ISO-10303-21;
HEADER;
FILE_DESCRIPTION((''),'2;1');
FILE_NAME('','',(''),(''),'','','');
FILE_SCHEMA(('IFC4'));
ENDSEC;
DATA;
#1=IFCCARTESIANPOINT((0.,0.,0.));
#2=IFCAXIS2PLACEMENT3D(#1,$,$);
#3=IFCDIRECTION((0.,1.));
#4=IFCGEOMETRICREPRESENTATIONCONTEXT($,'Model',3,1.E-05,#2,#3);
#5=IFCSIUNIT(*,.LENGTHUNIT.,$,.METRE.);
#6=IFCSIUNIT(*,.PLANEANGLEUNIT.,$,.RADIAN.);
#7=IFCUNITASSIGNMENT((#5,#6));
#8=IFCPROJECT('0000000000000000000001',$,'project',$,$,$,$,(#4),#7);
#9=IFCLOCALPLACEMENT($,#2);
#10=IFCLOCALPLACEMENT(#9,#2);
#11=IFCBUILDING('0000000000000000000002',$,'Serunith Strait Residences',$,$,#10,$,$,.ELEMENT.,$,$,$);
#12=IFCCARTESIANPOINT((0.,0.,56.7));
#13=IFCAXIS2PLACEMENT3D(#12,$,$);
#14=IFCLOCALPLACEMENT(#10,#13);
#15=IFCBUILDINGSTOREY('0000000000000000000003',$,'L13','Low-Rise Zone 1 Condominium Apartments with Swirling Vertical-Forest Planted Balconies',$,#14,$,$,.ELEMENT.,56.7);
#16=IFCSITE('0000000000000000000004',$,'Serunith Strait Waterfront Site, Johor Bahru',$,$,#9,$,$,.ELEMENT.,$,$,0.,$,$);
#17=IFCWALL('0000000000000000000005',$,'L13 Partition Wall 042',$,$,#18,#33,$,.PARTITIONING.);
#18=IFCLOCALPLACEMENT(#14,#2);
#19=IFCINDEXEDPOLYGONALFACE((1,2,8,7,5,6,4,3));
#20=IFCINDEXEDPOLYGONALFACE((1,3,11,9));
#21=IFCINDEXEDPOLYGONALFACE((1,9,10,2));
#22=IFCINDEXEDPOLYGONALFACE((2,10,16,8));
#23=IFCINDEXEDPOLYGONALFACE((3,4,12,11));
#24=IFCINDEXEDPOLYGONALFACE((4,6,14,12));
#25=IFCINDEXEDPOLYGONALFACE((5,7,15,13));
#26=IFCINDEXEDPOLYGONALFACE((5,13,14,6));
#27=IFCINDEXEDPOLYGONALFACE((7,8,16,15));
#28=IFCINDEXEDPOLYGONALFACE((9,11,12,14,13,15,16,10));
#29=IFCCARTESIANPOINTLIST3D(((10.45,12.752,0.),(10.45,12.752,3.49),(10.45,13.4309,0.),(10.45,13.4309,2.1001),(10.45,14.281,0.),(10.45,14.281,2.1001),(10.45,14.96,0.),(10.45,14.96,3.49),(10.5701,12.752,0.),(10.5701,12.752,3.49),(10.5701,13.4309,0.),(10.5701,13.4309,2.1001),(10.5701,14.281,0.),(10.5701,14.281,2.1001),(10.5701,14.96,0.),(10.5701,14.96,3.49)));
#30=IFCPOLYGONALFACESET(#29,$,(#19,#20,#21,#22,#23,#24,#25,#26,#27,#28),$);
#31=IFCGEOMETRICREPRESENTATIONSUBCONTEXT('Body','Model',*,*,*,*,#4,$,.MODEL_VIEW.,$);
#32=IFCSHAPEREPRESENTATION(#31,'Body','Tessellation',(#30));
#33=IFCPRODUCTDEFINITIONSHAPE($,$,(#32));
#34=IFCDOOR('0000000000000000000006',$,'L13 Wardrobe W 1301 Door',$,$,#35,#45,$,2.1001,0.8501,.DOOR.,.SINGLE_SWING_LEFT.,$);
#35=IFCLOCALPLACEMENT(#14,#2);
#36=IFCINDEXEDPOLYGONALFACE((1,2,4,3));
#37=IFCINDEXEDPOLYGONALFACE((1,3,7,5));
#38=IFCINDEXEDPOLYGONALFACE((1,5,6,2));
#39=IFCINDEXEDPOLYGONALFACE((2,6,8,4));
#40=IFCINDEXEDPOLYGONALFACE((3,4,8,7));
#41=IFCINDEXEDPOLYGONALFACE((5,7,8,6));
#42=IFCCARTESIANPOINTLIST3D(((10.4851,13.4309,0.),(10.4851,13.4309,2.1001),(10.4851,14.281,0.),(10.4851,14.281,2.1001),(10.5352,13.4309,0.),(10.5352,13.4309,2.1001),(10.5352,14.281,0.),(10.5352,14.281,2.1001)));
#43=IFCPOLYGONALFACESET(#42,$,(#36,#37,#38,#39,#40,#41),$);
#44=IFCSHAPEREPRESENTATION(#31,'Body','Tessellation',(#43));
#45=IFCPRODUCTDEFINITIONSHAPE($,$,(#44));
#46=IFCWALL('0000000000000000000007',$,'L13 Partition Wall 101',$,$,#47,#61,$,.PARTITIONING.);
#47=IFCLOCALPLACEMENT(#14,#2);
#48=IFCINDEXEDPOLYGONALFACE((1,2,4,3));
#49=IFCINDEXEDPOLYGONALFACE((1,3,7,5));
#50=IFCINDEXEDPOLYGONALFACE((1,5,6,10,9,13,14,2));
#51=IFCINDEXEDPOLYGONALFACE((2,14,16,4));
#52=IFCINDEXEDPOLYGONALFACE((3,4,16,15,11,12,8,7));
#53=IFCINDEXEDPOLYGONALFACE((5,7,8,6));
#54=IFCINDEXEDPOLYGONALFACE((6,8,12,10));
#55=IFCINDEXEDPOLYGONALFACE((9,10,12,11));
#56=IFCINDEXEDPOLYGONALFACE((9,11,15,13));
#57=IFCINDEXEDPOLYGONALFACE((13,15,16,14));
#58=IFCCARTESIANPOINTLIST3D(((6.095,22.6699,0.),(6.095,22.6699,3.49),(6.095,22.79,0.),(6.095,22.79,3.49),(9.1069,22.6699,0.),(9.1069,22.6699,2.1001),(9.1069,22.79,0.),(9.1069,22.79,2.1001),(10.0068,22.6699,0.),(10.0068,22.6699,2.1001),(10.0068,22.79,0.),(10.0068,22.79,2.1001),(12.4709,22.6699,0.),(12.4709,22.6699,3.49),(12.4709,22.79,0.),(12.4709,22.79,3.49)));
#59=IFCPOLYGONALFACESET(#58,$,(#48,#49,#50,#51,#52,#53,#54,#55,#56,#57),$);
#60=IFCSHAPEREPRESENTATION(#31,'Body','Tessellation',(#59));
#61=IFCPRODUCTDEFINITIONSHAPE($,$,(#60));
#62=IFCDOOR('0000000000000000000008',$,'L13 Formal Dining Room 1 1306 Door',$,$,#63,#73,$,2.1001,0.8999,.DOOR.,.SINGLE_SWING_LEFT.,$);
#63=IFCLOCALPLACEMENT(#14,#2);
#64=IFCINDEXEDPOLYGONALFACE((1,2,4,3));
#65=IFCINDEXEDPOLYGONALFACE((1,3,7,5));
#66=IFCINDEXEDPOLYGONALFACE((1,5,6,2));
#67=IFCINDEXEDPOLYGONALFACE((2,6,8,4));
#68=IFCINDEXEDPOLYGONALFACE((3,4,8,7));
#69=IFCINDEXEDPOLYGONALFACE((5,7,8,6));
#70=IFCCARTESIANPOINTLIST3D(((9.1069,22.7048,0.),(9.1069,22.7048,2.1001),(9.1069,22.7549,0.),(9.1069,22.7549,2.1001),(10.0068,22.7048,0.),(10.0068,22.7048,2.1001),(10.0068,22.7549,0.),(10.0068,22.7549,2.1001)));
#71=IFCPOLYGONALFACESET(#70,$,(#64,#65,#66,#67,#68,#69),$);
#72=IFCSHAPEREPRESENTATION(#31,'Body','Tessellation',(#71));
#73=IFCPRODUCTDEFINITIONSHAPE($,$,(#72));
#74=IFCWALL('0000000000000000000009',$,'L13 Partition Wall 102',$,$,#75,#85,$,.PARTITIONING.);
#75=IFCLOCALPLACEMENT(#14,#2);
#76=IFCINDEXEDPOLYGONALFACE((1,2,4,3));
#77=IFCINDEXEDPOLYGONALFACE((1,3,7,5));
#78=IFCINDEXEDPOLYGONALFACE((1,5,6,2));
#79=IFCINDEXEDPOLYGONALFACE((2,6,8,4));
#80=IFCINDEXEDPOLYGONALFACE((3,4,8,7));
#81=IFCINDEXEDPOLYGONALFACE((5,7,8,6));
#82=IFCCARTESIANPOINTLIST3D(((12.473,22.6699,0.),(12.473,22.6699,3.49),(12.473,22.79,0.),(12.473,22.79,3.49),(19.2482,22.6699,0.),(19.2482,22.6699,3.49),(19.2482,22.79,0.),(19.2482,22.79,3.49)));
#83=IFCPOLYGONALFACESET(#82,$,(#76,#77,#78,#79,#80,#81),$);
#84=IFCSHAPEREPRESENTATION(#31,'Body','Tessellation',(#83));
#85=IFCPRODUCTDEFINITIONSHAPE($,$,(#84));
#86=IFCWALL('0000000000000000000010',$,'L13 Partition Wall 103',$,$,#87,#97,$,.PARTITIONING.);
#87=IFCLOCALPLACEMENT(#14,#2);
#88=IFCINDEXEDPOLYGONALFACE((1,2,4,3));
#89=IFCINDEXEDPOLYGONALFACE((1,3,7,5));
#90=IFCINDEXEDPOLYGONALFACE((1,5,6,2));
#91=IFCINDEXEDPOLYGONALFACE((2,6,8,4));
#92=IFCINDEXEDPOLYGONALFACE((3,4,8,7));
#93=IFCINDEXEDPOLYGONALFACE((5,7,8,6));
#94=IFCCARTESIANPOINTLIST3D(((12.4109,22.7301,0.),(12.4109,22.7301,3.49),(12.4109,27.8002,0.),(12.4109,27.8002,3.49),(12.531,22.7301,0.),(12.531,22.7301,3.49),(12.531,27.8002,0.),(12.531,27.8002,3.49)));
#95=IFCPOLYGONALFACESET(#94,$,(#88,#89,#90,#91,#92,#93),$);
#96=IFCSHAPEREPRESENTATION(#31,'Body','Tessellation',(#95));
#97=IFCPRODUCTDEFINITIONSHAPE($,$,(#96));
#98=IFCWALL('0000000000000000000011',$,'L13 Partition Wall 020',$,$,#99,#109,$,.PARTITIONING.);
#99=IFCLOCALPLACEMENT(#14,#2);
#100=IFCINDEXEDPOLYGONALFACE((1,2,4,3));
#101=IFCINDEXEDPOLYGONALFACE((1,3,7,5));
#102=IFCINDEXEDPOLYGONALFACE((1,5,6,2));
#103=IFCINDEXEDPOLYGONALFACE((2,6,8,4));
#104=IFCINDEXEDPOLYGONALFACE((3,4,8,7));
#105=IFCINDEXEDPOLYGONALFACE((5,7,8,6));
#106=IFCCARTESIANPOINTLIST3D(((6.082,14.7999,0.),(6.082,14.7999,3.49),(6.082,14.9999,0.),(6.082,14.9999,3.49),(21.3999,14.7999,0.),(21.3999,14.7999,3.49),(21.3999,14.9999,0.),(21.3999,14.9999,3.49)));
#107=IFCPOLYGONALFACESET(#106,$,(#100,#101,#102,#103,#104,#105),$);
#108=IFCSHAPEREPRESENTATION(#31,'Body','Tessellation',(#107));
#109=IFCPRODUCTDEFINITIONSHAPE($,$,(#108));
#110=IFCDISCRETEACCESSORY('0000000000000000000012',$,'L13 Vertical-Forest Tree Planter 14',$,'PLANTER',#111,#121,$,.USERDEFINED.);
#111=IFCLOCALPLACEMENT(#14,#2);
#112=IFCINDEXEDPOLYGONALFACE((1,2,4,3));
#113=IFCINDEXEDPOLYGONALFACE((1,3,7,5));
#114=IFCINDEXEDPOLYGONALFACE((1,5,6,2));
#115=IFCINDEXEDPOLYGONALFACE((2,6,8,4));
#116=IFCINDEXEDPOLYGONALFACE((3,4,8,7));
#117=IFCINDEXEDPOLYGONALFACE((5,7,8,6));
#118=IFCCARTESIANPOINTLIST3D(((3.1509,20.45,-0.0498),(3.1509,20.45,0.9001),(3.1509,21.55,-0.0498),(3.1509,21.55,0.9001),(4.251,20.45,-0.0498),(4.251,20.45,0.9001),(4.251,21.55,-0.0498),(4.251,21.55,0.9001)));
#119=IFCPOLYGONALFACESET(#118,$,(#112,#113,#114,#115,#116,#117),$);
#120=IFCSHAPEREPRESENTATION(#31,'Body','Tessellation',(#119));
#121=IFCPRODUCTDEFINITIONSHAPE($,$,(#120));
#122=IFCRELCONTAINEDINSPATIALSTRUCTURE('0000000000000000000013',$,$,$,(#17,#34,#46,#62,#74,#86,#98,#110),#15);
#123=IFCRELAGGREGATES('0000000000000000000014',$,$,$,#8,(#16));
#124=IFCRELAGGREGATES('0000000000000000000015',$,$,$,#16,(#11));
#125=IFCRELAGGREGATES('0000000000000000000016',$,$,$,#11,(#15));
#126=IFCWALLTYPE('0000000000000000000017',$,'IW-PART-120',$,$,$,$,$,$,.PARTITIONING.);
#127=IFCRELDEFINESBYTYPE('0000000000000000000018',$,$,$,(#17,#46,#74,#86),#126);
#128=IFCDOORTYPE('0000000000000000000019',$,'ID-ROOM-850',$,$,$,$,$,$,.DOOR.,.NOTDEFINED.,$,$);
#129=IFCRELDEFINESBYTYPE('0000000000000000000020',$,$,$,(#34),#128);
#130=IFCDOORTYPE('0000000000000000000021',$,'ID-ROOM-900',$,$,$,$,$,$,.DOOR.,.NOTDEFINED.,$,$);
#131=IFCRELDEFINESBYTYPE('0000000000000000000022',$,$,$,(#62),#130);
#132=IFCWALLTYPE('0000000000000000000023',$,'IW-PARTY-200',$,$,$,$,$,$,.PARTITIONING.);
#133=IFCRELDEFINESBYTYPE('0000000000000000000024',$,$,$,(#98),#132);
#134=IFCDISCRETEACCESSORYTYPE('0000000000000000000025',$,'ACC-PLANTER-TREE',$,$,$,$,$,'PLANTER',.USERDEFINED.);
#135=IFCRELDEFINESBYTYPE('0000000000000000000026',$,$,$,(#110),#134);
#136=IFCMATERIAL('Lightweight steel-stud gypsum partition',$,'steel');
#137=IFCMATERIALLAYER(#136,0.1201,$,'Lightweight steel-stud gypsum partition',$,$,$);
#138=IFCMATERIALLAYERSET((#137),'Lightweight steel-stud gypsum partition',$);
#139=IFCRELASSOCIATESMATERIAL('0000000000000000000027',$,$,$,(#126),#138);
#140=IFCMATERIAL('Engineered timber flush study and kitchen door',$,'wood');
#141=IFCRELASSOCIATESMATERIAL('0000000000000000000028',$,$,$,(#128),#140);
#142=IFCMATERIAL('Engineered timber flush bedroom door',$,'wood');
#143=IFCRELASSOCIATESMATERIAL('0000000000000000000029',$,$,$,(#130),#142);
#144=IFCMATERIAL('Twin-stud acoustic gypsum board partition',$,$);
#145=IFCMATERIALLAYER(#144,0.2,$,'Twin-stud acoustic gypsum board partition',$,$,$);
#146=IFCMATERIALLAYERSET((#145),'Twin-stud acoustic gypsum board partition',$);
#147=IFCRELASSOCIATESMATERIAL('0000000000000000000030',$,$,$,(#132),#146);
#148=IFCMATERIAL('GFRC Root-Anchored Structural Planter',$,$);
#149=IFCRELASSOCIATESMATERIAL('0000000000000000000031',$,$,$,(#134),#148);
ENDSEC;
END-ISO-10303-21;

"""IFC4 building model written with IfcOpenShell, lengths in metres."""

from ifc_helpers import new_model, si_unit, direction, frame, frame_2d, origin, origin_2d, place, context, subcontext, project, spatial, rectangle, extrude, source, transform, mapped, material, layer, layer_set, type_object, element, fill, save


model = new_model("IFC4")

# Units and contexts
model_context = context("Model", 3, precision=1e-05, world=origin(), true_north=direction((0.0, 1.0)))
body_context = subcontext(model_context, "Body", "Model", "MODEL_VIEW")
ifc_project = project(units=[si_unit("LENGTHUNIT", "METRE"), si_unit("PLANEANGLEUNIT", "RADIAN")], contexts=[model_context])

# Site, building, storey
site_placement = place(None, origin())
site = spatial("IfcSite", under=ifc_project, at=site_placement, Name="Serunith Strait Waterfront Site, Johor Bahru", CompositionType="ELEMENT", RefElevation=0.0)
building_placement = place(site_placement, origin())
building = spatial("IfcBuilding", under=site, at=building_placement, Name="Serunith Strait Residences", CompositionType="ELEMENT")
storey_placement = place(building_placement, frame((0.0, 0.0, 56.7)))
storey = spatial("IfcBuildingStorey", under=building, at=storey_placement, Name="L13", Description="Low-Rise Zone 1 Condominium Apartments with Swirling Vertical-Forest Planted Balconies", CompositionType="ELEMENT", Elevation=56.7)

# Shared definitions
ifc_material_1 = material(Name="Lightweight steel-stud gypsum partition", Category="steel")
ifc_layer_1 = layer(ifc_material_1, 0.1201, Name="Lightweight steel-stud gypsum partition")
ifc_layer_set_1 = layer_set([ifc_layer_1], Name="Lightweight steel-stud gypsum partition")
wall_type_1 = type_object("IfcWallType", Name="IW-PART-120", PredefinedType="PARTITIONING", material=ifc_layer_set_1)
shared_shape_1 = source(origin(), body_context, "Body", "SweptSolid", [
    extrude(rectangle(XDim=0.8501, YDim=2.1001, at=frame_2d((0.425, 1.05))), frame((0.0, 0.0249, 0.0), z_axis=(0.0, -1.0, 0.0), x_axis=(1.0, 0.0, 0.0)), (0.0, 0.0, 1.0), 0.05),
])
ifc_material_2 = material(Name="Engineered timber flush study and kitchen door", Category="wood")
door_type_1 = type_object("IfcDoorType", Name="ID-ROOM-850", OperationType="NOTDEFINED", PredefinedType="DOOR", material=ifc_material_2)
ifc_material_3 = material(Name="Engineered timber flush bedroom door", Category="wood")
door_type_2 = type_object("IfcDoorType", Name="ID-ROOM-900", OperationType="NOTDEFINED", PredefinedType="DOOR", material=ifc_material_3)
shared_shape_2 = source(origin(), body_context, "Body", "SweptSolid", [
    extrude(rectangle(XDim=0.8999, YDim=2.1001, at=frame_2d((0.45, 1.05))), frame((0.0, 0.0249, 0.0), z_axis=(0.0, -1.0, 0.0), x_axis=(1.0, 0.0, 0.0)), (0.0, 0.0, 1.0), 0.05),
])

# Walls, openings, doors
wall_1_placement = place(storey_placement, frame((10.51, 12.752, 0.0), z_axis=(0.0, 0.0, 1.0), x_axis=(0.0, 1.0, 0.0)))
wall_1 = element("IfcWall", 1, at=wall_1_placement, inside=storey, type_object=wall_type_1, Name="L13 Partition Wall 042", PredefinedType="PARTITIONING", context=body_context, shape_type="SweptSolid", body=[
    extrude(rectangle(XDim=2.208, YDim=0.1201, at=frame_2d((1.104, 0.0))), origin(), (0.0, 0.0, 1.0), 3.49),
])
opening_1_placement = place(wall_1_placement, frame((0.679, 0.0, 0.0)))
opening_1 = element("IfcOpeningElement", 2, at=opening_1_placement, cuts=wall_1, PredefinedType="OPENING", context=body_context, shape_type="SweptSolid", body=[
    extrude(rectangle(XDim=0.8501, YDim=2.1001, at=frame_2d((0.425, 1.05))), frame((0.0, 0.0701, 0.0), z_axis=(0.0, -1.0, 0.0), x_axis=(1.0, 0.0, 0.0)), (0.0, 0.0, 1.0), 0.1401),
])
door_1_placement = place(opening_1_placement, origin())
door_1 = element("IfcDoor", 3, at=door_1_placement, inside=storey, type_object=door_type_1, Name="L13 Wardrobe W 1301 Door", OperationType="SINGLE_SWING_LEFT", OverallHeight=2.1001, OverallWidth=0.8501, PredefinedType="DOOR", context=body_context, shape_type="MappedRepresentation", body=[
    mapped(shared_shape_1, transform((0.0, 0.0, 0.0), scale=1.0)),
])
fill(opening_1, door_1)
wall_2_placement = place(storey_placement, frame((6.095, 22.73, 0.0), z_axis=(0.0, 0.0, 1.0), x_axis=(1.0, 0.0, 0.0)))
wall_2 = element("IfcWall", 4, at=wall_2_placement, inside=storey, type_object=wall_type_1, Name="L13 Partition Wall 101", PredefinedType="PARTITIONING", context=body_context, shape_type="SweptSolid", body=[
    extrude(rectangle(XDim=6.376, YDim=0.1201, at=frame_2d((3.188, 0.0))), origin(), (0.0, 0.0, 1.0), 3.49),
])
opening_2_placement = place(wall_2_placement, frame((3.012, 0.0, 0.0)))
opening_2 = element("IfcOpeningElement", 5, at=opening_2_placement, cuts=wall_2, PredefinedType="OPENING", context=body_context, shape_type="SweptSolid", body=[
    extrude(rectangle(XDim=0.8999, YDim=2.1001, at=frame_2d((0.45, 1.05))), frame((0.0, 0.0701, 0.0), z_axis=(0.0, -1.0, 0.0), x_axis=(1.0, 0.0, 0.0)), (0.0, 0.0, 1.0), 0.1401),
])
door_2_placement = place(opening_2_placement, origin())
door_2 = element("IfcDoor", 6, at=door_2_placement, inside=storey, type_object=door_type_2, Name="L13 Formal Dining Room 1 1306 Door", OperationType="SINGLE_SWING_LEFT", OverallHeight=2.1001, OverallWidth=0.8999, PredefinedType="DOOR", context=body_context, shape_type="MappedRepresentation", body=[
    mapped(shared_shape_2, transform((0.0, 0.0, 0.0), scale=1.0)),
])
fill(opening_2, door_2)

# Walls
wall_3_placement = place(storey_placement, frame((12.4729, 22.73, 0.0), z_axis=(0.0, 0.0, 1.0), x_axis=(1.0, 0.0, 0.0)))
element("IfcWall", 7, at=wall_3_placement, inside=storey, type_object=wall_type_1, Name="L13 Partition Wall 102", PredefinedType="PARTITIONING", context=body_context, shape_type="SweptSolid", body=[
    extrude(rectangle(XDim=6.7751, YDim=0.1201, at=frame_2d((3.3877, 0.0))), origin(), (0.0, 0.0, 1.0), 3.49),
])
wall_4_placement = place(storey_placement, frame((12.4709, 22.73, 0.0), z_axis=(0.0, 0.0, 1.0), x_axis=(0.0, 1.0, 0.0)))
element("IfcWall", 8, at=wall_4_placement, inside=storey, type_object=wall_type_1, Name="L13 Partition Wall 103", PredefinedType="PARTITIONING", context=body_context, shape_type="SweptSolid", body=[
    extrude(rectangle(XDim=5.0701, YDim=0.1201, at=frame_2d((2.5352, 0.0))), origin(), (0.0, 0.0, 1.0), 3.49),
])
ifc_material_4 = material(Name="Twin-stud acoustic gypsum board partition")
ifc_layer_2 = layer(ifc_material_4, 0.2, Name="Twin-stud acoustic gypsum board partition")
ifc_layer_set_2 = layer_set([ifc_layer_2], Name="Twin-stud acoustic gypsum board partition")
wall_type_2 = type_object("IfcWallType", Name="IW-PARTY-200", PredefinedType="PARTITIONING", material=ifc_layer_set_2)
wall_5_placement = place(storey_placement, frame((6.082, 14.8999, 0.0), z_axis=(0.0, 0.0, 1.0), x_axis=(1.0, 0.0, 0.0)))
element("IfcWall", 9, at=wall_5_placement, inside=storey, type_object=wall_type_2, Name="L13 Partition Wall 020", PredefinedType="PARTITIONING", context=body_context, shape_type="SweptSolid", body=[
    extrude(rectangle(XDim=15.3179, YDim=0.2, at=frame_2d((7.6589, 0.0))), origin(), (0.0, 0.0, 1.0), 3.49),
])

# Discrete accessory
ifc_material_5 = material(Name="GFRC Root-Anchored Structural Planter")
discrete_accessory_type = type_object("IfcDiscreteAccessoryType", Name="ACC-PLANTER-TREE", ElementType="PLANTER", PredefinedType="USERDEFINED", material=ifc_material_5)
shared_shape_3 = source(origin(), body_context, "Body", "SweptSolid", [
    extrude(rectangle(XDim=1.1001, YDim=1.1001, at=origin_2d()), origin(), (0.0, 0.0, 1.0), 0.95),
])
discrete_accessory_placement = place(storey_placement, frame((3.7009, 21.0, -0.0498), z_axis=(0.0, 0.0, 1.0), x_axis=(0.0, -1.0, 0.0)))
element("IfcDiscreteAccessory", 10, at=discrete_accessory_placement, inside=storey, type_object=discrete_accessory_type, Name="L13 Vertical-Forest Tree Planter 14", ObjectType="PLANTER", PredefinedType="USERDEFINED", context=body_context, shape_type="MappedRepresentation", body=[
    mapped(shared_shape_3, transform((0.0, 0.0, 0.0), scale=1.0)),
])

save(model, "model.ifc")
